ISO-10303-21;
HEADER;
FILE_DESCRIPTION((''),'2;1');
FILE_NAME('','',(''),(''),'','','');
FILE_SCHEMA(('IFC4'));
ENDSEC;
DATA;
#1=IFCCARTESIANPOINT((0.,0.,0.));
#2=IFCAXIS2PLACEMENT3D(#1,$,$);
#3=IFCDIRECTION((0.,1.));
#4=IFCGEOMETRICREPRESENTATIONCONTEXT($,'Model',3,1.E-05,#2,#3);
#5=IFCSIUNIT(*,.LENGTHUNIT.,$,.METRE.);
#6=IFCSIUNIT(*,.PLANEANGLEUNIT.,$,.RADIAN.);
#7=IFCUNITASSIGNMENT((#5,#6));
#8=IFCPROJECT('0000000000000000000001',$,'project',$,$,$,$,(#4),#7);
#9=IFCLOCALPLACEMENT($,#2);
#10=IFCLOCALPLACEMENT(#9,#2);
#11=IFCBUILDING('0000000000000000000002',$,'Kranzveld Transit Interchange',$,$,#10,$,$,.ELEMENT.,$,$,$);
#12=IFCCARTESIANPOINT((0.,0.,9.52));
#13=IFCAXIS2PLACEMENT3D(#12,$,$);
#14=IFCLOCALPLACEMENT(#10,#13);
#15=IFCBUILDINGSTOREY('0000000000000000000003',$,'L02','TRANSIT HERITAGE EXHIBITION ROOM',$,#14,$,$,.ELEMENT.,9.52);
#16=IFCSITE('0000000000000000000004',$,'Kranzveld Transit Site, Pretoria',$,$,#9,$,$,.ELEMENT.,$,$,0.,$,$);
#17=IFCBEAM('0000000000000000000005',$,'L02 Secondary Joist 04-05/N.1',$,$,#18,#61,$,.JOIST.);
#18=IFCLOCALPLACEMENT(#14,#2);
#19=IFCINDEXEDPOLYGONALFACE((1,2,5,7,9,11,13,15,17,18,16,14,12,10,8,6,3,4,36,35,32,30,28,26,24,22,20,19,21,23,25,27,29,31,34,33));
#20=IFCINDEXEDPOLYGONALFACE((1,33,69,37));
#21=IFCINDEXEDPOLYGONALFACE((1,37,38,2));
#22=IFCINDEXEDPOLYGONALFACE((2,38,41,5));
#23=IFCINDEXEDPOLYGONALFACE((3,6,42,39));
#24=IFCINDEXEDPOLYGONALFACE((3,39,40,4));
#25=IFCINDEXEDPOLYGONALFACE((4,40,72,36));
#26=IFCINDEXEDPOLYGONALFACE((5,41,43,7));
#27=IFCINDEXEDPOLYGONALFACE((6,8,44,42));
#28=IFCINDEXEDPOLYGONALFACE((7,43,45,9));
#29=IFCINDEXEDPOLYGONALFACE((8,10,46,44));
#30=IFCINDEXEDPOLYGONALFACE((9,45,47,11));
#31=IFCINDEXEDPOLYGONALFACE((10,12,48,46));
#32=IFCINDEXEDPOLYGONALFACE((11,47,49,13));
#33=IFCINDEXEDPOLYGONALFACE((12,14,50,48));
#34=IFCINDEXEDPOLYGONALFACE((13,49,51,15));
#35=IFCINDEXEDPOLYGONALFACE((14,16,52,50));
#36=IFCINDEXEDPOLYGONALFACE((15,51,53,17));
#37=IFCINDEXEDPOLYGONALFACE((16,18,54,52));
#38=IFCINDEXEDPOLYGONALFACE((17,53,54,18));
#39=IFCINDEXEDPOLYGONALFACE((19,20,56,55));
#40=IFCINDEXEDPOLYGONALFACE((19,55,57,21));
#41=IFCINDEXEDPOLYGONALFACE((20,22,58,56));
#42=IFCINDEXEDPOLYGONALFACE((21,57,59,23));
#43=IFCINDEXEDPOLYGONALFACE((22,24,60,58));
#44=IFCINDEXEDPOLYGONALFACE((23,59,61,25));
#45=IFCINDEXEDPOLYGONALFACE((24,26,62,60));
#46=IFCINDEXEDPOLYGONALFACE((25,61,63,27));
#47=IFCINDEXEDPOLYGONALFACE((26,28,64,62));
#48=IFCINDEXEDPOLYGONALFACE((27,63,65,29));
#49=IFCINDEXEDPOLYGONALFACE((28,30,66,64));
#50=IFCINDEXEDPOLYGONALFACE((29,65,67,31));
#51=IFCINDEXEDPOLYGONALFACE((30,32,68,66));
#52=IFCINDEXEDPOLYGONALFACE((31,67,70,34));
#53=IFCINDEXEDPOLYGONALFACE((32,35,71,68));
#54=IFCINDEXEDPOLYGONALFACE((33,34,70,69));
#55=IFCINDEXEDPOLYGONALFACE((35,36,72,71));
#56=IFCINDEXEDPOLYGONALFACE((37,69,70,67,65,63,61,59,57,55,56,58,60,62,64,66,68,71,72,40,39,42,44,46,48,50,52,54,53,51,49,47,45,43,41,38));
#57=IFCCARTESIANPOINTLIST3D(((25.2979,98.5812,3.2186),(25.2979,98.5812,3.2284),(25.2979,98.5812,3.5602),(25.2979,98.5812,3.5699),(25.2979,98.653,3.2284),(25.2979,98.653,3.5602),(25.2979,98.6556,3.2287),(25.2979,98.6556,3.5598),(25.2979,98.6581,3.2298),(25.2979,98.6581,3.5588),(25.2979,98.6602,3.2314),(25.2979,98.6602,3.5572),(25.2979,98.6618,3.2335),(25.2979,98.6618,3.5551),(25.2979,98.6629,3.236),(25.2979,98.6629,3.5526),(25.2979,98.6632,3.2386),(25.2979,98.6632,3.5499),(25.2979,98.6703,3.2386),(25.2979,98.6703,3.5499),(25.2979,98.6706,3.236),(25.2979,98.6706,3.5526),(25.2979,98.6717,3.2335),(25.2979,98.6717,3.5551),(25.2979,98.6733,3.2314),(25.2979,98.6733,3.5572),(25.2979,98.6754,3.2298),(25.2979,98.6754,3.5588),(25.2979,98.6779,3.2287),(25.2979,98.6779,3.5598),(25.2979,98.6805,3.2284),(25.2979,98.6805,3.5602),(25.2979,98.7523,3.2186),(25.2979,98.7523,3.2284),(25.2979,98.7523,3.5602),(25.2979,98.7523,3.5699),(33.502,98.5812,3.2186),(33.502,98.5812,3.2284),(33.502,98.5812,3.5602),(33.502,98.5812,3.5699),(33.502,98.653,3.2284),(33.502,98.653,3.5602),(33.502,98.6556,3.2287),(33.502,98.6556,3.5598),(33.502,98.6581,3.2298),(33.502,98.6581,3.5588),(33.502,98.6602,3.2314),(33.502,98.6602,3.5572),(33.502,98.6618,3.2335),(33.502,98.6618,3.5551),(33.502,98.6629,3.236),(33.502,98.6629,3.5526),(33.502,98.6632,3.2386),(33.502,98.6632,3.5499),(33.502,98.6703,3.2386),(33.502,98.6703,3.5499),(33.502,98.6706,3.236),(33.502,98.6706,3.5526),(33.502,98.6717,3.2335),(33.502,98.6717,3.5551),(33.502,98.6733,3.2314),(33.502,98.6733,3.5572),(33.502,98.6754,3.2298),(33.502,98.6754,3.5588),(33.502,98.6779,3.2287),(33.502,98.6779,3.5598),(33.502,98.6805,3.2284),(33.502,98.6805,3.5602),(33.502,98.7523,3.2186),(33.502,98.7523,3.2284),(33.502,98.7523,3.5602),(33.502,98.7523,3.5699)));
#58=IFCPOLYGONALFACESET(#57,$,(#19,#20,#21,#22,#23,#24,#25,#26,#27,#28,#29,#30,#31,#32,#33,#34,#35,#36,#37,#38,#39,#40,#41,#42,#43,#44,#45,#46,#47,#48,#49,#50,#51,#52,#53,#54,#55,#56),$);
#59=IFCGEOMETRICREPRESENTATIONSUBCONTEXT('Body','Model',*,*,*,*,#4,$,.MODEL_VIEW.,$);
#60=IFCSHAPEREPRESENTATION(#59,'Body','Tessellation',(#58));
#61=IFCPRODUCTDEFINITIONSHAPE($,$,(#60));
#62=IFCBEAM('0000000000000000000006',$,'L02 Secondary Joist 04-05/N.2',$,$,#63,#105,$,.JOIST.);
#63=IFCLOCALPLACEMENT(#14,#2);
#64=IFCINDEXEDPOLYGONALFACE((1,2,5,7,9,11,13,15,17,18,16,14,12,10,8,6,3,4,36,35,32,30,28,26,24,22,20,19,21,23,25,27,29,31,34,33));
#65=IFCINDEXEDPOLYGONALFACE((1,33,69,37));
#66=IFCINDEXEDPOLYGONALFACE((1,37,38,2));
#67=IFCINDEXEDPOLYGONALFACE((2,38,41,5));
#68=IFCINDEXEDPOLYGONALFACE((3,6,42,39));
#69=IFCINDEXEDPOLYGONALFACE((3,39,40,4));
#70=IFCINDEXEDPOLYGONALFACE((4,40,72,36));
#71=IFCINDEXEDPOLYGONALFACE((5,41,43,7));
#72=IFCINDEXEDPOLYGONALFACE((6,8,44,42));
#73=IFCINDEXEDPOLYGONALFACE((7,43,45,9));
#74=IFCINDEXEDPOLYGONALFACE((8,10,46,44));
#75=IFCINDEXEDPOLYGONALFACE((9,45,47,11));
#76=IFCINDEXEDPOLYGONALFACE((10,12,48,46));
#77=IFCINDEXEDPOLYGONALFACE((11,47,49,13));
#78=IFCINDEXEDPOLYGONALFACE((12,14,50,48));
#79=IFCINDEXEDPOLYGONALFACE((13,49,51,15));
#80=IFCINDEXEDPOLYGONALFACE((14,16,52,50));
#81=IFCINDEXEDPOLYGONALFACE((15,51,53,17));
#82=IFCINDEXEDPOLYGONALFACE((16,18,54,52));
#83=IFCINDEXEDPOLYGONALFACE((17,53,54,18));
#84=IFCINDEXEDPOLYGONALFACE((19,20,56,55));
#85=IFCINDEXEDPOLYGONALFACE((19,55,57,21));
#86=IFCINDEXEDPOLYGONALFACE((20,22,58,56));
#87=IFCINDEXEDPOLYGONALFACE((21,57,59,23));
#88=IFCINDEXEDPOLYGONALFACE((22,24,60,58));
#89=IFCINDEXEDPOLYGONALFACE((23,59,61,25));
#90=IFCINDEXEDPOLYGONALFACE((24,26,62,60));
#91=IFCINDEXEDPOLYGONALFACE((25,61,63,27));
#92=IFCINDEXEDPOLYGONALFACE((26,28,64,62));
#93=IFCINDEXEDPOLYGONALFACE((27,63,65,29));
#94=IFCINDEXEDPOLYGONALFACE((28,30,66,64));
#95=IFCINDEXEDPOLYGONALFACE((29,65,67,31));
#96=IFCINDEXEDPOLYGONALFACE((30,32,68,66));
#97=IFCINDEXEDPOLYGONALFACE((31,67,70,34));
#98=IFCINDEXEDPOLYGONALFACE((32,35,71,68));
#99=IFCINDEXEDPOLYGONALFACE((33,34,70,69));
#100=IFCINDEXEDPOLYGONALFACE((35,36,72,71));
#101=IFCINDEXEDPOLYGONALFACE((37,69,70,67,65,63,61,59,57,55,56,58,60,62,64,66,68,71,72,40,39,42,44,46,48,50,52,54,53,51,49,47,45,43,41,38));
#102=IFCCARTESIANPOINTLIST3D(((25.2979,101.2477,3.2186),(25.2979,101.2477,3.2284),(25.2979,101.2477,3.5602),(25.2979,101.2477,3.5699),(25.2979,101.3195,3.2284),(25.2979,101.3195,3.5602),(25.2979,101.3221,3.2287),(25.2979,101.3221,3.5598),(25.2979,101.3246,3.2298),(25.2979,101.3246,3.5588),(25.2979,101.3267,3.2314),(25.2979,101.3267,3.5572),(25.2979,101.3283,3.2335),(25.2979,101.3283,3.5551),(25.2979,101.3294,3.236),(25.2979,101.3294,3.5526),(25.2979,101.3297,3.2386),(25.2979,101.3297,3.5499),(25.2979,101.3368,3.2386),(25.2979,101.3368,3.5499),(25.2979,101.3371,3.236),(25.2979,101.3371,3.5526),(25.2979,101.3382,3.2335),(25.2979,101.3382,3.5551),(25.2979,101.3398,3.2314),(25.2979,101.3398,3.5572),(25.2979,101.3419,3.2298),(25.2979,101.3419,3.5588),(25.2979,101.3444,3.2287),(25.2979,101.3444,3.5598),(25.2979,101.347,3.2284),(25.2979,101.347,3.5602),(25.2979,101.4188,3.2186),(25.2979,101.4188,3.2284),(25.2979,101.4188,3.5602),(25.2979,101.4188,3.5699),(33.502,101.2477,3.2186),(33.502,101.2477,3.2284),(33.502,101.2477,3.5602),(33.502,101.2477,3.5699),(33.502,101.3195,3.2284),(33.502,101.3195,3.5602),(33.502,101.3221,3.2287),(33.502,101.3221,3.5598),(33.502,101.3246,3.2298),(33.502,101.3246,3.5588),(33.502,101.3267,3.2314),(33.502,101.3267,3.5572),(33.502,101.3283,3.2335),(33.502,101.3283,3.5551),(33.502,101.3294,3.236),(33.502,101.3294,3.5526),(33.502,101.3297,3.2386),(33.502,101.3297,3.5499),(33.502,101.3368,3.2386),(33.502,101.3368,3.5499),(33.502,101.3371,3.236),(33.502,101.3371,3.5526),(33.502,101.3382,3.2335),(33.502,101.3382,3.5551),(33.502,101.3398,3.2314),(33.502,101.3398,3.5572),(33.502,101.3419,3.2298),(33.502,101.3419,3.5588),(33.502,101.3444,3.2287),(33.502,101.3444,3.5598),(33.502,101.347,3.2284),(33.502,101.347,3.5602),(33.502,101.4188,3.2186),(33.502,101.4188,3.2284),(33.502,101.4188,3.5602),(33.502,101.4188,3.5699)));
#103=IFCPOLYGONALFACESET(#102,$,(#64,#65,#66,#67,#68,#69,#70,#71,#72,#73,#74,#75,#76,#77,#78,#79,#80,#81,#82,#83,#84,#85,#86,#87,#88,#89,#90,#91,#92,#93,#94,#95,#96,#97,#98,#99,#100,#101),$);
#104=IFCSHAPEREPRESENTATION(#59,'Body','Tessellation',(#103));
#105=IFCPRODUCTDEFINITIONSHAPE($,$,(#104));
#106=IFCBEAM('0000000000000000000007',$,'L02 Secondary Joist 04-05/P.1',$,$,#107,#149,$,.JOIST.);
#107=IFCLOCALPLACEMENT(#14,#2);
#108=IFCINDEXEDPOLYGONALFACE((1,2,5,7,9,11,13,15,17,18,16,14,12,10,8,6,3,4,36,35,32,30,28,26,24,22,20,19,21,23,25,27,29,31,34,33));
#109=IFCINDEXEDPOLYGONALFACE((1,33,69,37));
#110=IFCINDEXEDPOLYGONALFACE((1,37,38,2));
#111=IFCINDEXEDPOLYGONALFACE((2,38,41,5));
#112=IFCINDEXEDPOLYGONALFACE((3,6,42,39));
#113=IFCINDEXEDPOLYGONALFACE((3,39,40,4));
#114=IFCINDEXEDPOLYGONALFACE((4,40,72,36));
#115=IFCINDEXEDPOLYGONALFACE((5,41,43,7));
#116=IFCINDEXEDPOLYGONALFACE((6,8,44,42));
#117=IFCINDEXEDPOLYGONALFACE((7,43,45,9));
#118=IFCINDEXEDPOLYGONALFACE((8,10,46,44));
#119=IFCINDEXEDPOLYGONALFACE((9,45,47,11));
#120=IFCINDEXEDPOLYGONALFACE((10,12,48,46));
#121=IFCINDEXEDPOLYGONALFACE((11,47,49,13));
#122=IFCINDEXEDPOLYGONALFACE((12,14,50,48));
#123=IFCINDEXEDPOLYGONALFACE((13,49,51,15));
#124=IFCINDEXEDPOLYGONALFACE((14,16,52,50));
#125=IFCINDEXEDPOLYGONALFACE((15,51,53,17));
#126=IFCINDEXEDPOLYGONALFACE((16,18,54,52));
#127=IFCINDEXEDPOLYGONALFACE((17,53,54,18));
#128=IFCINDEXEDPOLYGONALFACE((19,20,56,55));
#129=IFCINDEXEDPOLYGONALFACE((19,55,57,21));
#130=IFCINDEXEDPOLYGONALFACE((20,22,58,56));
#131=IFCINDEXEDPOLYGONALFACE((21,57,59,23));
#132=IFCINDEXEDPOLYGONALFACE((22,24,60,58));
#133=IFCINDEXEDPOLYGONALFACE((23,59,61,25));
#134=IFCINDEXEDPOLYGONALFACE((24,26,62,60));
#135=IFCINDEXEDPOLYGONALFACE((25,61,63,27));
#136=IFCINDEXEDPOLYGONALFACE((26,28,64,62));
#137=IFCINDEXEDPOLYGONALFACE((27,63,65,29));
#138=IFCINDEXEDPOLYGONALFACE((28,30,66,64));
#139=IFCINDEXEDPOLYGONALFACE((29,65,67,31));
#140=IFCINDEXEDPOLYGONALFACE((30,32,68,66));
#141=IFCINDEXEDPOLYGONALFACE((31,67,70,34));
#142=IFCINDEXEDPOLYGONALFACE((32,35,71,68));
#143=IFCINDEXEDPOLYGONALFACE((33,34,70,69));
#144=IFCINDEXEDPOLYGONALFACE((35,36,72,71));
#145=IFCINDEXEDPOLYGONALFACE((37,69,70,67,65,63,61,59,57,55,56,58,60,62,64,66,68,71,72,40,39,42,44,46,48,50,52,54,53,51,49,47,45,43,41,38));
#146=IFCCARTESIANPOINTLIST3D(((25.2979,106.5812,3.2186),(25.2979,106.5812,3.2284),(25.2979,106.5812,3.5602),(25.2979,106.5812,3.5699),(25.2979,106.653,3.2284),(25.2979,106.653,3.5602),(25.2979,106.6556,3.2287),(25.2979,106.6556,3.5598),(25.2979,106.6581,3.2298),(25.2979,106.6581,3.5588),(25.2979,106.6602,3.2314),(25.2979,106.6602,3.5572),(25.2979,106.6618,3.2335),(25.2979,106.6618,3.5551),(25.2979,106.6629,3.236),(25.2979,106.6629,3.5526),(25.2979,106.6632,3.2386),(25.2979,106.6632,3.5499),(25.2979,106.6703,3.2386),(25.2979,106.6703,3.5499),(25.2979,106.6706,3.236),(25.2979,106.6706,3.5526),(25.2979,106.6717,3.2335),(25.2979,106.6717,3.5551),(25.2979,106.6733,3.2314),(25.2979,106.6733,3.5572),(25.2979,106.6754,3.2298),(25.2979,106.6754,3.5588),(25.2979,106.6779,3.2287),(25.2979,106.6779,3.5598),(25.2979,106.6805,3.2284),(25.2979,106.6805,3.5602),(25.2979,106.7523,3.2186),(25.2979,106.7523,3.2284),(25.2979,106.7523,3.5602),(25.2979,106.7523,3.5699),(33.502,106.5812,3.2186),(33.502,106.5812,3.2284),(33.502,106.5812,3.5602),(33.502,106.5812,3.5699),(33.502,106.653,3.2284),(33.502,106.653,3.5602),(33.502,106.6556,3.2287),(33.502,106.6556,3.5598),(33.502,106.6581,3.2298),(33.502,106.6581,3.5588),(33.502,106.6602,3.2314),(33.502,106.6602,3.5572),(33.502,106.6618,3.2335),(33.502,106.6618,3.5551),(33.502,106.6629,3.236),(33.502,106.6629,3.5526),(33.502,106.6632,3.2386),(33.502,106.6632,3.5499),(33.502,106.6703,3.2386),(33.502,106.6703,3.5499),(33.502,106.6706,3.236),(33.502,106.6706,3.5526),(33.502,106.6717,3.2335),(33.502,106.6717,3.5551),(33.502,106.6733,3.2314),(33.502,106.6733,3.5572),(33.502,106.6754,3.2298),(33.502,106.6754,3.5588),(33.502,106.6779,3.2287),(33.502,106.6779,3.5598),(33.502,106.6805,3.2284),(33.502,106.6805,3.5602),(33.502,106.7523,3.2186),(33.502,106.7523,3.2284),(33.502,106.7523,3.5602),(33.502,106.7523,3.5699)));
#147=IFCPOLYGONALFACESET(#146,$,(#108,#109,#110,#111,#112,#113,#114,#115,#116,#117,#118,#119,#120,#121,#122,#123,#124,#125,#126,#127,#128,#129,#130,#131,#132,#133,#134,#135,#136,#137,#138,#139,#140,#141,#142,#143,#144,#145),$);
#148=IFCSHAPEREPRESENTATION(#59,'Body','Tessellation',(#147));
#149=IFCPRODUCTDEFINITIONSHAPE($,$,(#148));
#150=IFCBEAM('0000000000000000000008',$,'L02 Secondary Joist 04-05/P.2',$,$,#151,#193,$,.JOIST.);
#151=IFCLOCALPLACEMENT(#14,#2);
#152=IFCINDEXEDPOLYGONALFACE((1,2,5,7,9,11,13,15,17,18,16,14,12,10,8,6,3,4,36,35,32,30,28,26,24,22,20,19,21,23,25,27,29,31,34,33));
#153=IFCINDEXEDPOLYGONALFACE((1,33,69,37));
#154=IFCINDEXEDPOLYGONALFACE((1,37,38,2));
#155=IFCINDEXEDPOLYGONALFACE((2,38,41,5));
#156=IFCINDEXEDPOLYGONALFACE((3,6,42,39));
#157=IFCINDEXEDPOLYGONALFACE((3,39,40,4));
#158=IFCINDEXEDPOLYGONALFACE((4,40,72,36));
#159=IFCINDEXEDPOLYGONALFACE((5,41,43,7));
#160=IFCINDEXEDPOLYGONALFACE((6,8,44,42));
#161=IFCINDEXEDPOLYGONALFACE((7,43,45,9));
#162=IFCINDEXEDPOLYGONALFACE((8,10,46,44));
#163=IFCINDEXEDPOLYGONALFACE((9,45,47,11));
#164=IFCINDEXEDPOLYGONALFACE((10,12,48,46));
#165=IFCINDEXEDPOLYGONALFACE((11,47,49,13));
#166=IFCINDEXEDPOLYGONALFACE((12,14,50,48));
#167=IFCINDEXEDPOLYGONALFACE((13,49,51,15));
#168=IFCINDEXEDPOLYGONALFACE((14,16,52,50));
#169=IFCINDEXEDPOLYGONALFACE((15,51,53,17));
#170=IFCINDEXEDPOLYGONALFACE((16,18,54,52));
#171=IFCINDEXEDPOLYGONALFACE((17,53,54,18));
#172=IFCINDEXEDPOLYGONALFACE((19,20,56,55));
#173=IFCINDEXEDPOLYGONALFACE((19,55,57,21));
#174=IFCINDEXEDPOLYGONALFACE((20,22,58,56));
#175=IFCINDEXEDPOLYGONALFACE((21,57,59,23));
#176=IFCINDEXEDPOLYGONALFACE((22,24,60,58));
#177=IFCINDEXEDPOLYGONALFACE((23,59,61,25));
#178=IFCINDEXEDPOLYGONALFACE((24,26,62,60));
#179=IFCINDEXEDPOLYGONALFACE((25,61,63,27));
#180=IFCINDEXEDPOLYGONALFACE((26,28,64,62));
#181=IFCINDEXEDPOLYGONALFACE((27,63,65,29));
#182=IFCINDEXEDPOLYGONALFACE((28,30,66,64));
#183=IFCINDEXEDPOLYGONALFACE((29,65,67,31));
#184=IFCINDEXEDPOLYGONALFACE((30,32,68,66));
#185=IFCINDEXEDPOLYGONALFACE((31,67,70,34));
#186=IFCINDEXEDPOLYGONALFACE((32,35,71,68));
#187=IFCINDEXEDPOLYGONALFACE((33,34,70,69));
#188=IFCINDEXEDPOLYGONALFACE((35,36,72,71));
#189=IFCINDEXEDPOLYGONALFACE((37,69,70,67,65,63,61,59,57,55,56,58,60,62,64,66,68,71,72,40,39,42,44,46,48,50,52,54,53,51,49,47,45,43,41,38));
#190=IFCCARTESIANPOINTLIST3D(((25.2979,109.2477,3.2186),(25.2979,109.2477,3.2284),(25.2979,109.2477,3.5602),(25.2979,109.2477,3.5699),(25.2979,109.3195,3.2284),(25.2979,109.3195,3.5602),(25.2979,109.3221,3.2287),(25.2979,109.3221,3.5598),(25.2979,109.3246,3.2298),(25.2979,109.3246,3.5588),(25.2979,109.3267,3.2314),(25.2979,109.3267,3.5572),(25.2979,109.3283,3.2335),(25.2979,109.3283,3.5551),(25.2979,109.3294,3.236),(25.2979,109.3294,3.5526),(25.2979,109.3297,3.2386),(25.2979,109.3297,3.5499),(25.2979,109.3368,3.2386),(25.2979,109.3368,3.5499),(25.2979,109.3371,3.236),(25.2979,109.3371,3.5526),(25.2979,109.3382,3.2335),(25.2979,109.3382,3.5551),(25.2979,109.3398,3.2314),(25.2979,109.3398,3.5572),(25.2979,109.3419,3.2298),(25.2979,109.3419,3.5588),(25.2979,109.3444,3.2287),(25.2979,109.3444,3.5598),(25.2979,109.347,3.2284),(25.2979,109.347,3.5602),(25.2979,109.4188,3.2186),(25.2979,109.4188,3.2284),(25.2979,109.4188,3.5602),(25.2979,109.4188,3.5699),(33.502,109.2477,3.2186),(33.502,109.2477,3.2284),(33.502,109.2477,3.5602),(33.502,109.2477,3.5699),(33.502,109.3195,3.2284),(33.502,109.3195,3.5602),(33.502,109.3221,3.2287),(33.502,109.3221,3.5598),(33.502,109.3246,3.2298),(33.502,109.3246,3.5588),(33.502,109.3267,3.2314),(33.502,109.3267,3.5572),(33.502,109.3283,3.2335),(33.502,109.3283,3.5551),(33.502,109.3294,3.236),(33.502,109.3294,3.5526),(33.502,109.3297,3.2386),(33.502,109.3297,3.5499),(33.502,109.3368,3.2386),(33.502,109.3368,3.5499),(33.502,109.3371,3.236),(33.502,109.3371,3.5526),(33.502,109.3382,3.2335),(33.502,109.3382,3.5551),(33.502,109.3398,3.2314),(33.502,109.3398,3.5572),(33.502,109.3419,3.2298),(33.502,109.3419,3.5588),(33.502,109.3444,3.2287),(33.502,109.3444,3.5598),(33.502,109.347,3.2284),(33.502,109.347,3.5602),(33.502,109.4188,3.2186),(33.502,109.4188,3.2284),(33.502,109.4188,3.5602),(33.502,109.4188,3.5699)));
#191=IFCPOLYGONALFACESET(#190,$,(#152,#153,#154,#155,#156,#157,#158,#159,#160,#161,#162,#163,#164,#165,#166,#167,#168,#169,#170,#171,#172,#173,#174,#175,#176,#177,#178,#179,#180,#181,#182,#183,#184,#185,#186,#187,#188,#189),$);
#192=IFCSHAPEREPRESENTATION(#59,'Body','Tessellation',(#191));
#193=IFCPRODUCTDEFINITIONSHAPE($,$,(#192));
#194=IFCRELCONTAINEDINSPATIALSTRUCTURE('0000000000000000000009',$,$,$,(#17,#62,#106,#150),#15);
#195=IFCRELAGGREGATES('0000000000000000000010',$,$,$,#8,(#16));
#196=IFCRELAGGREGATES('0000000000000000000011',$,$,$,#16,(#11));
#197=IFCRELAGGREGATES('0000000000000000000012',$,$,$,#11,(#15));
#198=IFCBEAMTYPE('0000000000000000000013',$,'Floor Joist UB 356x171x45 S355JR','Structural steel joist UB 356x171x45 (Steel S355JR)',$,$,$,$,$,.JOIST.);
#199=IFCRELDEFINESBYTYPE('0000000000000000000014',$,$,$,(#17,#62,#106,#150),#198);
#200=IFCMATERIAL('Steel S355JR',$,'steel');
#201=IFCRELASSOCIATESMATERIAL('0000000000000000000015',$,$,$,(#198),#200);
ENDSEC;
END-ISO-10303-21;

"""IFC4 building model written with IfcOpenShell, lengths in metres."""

from ifc_helpers import new_model, si_unit, direction, frame, origin, origin_2d, place, context, subcontext, project, spatial, i_section, extrude, material, material_profile, profile_set, type_object, element, save


model = new_model("IFC4")

# Units and contexts
model_context = context("Model", 3, precision=1e-05, world=origin(), true_north=direction((0.0, 1.0)))
body_context = subcontext(model_context, "Body", "Model", "MODEL_VIEW")
ifc_project = project(units=[si_unit("LENGTHUNIT", "METRE"), si_unit("PLANEANGLEUNIT", "RADIAN")], contexts=[model_context])

# Site, building, storey
site_placement = place(None, origin())
site = spatial("IfcSite", under=ifc_project, at=site_placement, Name="Kranzveld Transit Site, Pretoria", CompositionType="ELEMENT", RefElevation=0.0)
building_placement = place(site_placement, origin())
building = spatial("IfcBuilding", under=site, at=building_placement, Name="Kranzveld Transit Interchange", CompositionType="ELEMENT")
storey_placement = place(building_placement, frame((0.0, 0.0, 9.52)))
storey = spatial("IfcBuildingStorey", under=building, at=storey_placement, Name="L02", Description="TRANSIT HERITAGE EXHIBITION ROOM", CompositionType="ELEMENT", Elevation=9.52)

# Beams
ifc_material_1 = material(Name="Steel S355JR", Category="steel")
ifc_material_profile_1 = material_profile(ifc_material_1, i_section(OverallWidth=0.1711, OverallDepth=0.3513, WebThickness=0.0071, FlangeThickness=0.0098, FilletRadius=0.0103, at=origin_2d()), Name="UB 356x171x45")
ifc_profile_set_1 = profile_set([ifc_material_profile_1], Name="Steel S355JR")
beam_type_1 = type_object("IfcBeamType", Name="Floor Joist UB 356x171x45 S355JR", Description="Structural steel joist UB 356x171x45 (Steel S355JR)", PredefinedType="JOIST", material=ifc_profile_set_1)
for number, where, z_axis, x_axis, name in (
    (1, (25.2979, 98.6667, 3.3943), (1.0, 0.0, 0.0), (0.0, 1.0, 0.0), "L02 Secondary Joist 04-05/N.1"),
    (2, (25.2979, 101.3333, 3.3943), (1.0, 0.0, 0.0), (0.0, 1.0, 0.0), "L02 Secondary Joist 04-05/N.2"),
    (3, (25.2979, 106.6667, 3.3943), (1.0, 0.0, 0.0), (0.0, 1.0, 0.0), "L02 Secondary Joist 04-05/P.1"),
    (4, (25.2979, 109.3333, 3.3943), (1.0, 0.0, 0.0), (0.0, 1.0, 0.0), "L02 Secondary Joist 04-05/P.2"),
):
    element("IfcBeam", number, at=place(storey_placement, frame(where, z_axis=z_axis, x_axis=x_axis)), inside=storey, type_object=beam_type_1, Name=name, PredefinedType="JOIST", context=body_context, shape_type="SweptSolid", body=[
        extrude(i_section(OverallWidth=0.1711, OverallDepth=0.3513, WebThickness=0.0071, FlangeThickness=0.0098, FilletRadius=0.0103, at=origin_2d()), origin(), (0.0, 0.0, 1.0), 8.2041),
    ])

save(model, "model.ifc")
